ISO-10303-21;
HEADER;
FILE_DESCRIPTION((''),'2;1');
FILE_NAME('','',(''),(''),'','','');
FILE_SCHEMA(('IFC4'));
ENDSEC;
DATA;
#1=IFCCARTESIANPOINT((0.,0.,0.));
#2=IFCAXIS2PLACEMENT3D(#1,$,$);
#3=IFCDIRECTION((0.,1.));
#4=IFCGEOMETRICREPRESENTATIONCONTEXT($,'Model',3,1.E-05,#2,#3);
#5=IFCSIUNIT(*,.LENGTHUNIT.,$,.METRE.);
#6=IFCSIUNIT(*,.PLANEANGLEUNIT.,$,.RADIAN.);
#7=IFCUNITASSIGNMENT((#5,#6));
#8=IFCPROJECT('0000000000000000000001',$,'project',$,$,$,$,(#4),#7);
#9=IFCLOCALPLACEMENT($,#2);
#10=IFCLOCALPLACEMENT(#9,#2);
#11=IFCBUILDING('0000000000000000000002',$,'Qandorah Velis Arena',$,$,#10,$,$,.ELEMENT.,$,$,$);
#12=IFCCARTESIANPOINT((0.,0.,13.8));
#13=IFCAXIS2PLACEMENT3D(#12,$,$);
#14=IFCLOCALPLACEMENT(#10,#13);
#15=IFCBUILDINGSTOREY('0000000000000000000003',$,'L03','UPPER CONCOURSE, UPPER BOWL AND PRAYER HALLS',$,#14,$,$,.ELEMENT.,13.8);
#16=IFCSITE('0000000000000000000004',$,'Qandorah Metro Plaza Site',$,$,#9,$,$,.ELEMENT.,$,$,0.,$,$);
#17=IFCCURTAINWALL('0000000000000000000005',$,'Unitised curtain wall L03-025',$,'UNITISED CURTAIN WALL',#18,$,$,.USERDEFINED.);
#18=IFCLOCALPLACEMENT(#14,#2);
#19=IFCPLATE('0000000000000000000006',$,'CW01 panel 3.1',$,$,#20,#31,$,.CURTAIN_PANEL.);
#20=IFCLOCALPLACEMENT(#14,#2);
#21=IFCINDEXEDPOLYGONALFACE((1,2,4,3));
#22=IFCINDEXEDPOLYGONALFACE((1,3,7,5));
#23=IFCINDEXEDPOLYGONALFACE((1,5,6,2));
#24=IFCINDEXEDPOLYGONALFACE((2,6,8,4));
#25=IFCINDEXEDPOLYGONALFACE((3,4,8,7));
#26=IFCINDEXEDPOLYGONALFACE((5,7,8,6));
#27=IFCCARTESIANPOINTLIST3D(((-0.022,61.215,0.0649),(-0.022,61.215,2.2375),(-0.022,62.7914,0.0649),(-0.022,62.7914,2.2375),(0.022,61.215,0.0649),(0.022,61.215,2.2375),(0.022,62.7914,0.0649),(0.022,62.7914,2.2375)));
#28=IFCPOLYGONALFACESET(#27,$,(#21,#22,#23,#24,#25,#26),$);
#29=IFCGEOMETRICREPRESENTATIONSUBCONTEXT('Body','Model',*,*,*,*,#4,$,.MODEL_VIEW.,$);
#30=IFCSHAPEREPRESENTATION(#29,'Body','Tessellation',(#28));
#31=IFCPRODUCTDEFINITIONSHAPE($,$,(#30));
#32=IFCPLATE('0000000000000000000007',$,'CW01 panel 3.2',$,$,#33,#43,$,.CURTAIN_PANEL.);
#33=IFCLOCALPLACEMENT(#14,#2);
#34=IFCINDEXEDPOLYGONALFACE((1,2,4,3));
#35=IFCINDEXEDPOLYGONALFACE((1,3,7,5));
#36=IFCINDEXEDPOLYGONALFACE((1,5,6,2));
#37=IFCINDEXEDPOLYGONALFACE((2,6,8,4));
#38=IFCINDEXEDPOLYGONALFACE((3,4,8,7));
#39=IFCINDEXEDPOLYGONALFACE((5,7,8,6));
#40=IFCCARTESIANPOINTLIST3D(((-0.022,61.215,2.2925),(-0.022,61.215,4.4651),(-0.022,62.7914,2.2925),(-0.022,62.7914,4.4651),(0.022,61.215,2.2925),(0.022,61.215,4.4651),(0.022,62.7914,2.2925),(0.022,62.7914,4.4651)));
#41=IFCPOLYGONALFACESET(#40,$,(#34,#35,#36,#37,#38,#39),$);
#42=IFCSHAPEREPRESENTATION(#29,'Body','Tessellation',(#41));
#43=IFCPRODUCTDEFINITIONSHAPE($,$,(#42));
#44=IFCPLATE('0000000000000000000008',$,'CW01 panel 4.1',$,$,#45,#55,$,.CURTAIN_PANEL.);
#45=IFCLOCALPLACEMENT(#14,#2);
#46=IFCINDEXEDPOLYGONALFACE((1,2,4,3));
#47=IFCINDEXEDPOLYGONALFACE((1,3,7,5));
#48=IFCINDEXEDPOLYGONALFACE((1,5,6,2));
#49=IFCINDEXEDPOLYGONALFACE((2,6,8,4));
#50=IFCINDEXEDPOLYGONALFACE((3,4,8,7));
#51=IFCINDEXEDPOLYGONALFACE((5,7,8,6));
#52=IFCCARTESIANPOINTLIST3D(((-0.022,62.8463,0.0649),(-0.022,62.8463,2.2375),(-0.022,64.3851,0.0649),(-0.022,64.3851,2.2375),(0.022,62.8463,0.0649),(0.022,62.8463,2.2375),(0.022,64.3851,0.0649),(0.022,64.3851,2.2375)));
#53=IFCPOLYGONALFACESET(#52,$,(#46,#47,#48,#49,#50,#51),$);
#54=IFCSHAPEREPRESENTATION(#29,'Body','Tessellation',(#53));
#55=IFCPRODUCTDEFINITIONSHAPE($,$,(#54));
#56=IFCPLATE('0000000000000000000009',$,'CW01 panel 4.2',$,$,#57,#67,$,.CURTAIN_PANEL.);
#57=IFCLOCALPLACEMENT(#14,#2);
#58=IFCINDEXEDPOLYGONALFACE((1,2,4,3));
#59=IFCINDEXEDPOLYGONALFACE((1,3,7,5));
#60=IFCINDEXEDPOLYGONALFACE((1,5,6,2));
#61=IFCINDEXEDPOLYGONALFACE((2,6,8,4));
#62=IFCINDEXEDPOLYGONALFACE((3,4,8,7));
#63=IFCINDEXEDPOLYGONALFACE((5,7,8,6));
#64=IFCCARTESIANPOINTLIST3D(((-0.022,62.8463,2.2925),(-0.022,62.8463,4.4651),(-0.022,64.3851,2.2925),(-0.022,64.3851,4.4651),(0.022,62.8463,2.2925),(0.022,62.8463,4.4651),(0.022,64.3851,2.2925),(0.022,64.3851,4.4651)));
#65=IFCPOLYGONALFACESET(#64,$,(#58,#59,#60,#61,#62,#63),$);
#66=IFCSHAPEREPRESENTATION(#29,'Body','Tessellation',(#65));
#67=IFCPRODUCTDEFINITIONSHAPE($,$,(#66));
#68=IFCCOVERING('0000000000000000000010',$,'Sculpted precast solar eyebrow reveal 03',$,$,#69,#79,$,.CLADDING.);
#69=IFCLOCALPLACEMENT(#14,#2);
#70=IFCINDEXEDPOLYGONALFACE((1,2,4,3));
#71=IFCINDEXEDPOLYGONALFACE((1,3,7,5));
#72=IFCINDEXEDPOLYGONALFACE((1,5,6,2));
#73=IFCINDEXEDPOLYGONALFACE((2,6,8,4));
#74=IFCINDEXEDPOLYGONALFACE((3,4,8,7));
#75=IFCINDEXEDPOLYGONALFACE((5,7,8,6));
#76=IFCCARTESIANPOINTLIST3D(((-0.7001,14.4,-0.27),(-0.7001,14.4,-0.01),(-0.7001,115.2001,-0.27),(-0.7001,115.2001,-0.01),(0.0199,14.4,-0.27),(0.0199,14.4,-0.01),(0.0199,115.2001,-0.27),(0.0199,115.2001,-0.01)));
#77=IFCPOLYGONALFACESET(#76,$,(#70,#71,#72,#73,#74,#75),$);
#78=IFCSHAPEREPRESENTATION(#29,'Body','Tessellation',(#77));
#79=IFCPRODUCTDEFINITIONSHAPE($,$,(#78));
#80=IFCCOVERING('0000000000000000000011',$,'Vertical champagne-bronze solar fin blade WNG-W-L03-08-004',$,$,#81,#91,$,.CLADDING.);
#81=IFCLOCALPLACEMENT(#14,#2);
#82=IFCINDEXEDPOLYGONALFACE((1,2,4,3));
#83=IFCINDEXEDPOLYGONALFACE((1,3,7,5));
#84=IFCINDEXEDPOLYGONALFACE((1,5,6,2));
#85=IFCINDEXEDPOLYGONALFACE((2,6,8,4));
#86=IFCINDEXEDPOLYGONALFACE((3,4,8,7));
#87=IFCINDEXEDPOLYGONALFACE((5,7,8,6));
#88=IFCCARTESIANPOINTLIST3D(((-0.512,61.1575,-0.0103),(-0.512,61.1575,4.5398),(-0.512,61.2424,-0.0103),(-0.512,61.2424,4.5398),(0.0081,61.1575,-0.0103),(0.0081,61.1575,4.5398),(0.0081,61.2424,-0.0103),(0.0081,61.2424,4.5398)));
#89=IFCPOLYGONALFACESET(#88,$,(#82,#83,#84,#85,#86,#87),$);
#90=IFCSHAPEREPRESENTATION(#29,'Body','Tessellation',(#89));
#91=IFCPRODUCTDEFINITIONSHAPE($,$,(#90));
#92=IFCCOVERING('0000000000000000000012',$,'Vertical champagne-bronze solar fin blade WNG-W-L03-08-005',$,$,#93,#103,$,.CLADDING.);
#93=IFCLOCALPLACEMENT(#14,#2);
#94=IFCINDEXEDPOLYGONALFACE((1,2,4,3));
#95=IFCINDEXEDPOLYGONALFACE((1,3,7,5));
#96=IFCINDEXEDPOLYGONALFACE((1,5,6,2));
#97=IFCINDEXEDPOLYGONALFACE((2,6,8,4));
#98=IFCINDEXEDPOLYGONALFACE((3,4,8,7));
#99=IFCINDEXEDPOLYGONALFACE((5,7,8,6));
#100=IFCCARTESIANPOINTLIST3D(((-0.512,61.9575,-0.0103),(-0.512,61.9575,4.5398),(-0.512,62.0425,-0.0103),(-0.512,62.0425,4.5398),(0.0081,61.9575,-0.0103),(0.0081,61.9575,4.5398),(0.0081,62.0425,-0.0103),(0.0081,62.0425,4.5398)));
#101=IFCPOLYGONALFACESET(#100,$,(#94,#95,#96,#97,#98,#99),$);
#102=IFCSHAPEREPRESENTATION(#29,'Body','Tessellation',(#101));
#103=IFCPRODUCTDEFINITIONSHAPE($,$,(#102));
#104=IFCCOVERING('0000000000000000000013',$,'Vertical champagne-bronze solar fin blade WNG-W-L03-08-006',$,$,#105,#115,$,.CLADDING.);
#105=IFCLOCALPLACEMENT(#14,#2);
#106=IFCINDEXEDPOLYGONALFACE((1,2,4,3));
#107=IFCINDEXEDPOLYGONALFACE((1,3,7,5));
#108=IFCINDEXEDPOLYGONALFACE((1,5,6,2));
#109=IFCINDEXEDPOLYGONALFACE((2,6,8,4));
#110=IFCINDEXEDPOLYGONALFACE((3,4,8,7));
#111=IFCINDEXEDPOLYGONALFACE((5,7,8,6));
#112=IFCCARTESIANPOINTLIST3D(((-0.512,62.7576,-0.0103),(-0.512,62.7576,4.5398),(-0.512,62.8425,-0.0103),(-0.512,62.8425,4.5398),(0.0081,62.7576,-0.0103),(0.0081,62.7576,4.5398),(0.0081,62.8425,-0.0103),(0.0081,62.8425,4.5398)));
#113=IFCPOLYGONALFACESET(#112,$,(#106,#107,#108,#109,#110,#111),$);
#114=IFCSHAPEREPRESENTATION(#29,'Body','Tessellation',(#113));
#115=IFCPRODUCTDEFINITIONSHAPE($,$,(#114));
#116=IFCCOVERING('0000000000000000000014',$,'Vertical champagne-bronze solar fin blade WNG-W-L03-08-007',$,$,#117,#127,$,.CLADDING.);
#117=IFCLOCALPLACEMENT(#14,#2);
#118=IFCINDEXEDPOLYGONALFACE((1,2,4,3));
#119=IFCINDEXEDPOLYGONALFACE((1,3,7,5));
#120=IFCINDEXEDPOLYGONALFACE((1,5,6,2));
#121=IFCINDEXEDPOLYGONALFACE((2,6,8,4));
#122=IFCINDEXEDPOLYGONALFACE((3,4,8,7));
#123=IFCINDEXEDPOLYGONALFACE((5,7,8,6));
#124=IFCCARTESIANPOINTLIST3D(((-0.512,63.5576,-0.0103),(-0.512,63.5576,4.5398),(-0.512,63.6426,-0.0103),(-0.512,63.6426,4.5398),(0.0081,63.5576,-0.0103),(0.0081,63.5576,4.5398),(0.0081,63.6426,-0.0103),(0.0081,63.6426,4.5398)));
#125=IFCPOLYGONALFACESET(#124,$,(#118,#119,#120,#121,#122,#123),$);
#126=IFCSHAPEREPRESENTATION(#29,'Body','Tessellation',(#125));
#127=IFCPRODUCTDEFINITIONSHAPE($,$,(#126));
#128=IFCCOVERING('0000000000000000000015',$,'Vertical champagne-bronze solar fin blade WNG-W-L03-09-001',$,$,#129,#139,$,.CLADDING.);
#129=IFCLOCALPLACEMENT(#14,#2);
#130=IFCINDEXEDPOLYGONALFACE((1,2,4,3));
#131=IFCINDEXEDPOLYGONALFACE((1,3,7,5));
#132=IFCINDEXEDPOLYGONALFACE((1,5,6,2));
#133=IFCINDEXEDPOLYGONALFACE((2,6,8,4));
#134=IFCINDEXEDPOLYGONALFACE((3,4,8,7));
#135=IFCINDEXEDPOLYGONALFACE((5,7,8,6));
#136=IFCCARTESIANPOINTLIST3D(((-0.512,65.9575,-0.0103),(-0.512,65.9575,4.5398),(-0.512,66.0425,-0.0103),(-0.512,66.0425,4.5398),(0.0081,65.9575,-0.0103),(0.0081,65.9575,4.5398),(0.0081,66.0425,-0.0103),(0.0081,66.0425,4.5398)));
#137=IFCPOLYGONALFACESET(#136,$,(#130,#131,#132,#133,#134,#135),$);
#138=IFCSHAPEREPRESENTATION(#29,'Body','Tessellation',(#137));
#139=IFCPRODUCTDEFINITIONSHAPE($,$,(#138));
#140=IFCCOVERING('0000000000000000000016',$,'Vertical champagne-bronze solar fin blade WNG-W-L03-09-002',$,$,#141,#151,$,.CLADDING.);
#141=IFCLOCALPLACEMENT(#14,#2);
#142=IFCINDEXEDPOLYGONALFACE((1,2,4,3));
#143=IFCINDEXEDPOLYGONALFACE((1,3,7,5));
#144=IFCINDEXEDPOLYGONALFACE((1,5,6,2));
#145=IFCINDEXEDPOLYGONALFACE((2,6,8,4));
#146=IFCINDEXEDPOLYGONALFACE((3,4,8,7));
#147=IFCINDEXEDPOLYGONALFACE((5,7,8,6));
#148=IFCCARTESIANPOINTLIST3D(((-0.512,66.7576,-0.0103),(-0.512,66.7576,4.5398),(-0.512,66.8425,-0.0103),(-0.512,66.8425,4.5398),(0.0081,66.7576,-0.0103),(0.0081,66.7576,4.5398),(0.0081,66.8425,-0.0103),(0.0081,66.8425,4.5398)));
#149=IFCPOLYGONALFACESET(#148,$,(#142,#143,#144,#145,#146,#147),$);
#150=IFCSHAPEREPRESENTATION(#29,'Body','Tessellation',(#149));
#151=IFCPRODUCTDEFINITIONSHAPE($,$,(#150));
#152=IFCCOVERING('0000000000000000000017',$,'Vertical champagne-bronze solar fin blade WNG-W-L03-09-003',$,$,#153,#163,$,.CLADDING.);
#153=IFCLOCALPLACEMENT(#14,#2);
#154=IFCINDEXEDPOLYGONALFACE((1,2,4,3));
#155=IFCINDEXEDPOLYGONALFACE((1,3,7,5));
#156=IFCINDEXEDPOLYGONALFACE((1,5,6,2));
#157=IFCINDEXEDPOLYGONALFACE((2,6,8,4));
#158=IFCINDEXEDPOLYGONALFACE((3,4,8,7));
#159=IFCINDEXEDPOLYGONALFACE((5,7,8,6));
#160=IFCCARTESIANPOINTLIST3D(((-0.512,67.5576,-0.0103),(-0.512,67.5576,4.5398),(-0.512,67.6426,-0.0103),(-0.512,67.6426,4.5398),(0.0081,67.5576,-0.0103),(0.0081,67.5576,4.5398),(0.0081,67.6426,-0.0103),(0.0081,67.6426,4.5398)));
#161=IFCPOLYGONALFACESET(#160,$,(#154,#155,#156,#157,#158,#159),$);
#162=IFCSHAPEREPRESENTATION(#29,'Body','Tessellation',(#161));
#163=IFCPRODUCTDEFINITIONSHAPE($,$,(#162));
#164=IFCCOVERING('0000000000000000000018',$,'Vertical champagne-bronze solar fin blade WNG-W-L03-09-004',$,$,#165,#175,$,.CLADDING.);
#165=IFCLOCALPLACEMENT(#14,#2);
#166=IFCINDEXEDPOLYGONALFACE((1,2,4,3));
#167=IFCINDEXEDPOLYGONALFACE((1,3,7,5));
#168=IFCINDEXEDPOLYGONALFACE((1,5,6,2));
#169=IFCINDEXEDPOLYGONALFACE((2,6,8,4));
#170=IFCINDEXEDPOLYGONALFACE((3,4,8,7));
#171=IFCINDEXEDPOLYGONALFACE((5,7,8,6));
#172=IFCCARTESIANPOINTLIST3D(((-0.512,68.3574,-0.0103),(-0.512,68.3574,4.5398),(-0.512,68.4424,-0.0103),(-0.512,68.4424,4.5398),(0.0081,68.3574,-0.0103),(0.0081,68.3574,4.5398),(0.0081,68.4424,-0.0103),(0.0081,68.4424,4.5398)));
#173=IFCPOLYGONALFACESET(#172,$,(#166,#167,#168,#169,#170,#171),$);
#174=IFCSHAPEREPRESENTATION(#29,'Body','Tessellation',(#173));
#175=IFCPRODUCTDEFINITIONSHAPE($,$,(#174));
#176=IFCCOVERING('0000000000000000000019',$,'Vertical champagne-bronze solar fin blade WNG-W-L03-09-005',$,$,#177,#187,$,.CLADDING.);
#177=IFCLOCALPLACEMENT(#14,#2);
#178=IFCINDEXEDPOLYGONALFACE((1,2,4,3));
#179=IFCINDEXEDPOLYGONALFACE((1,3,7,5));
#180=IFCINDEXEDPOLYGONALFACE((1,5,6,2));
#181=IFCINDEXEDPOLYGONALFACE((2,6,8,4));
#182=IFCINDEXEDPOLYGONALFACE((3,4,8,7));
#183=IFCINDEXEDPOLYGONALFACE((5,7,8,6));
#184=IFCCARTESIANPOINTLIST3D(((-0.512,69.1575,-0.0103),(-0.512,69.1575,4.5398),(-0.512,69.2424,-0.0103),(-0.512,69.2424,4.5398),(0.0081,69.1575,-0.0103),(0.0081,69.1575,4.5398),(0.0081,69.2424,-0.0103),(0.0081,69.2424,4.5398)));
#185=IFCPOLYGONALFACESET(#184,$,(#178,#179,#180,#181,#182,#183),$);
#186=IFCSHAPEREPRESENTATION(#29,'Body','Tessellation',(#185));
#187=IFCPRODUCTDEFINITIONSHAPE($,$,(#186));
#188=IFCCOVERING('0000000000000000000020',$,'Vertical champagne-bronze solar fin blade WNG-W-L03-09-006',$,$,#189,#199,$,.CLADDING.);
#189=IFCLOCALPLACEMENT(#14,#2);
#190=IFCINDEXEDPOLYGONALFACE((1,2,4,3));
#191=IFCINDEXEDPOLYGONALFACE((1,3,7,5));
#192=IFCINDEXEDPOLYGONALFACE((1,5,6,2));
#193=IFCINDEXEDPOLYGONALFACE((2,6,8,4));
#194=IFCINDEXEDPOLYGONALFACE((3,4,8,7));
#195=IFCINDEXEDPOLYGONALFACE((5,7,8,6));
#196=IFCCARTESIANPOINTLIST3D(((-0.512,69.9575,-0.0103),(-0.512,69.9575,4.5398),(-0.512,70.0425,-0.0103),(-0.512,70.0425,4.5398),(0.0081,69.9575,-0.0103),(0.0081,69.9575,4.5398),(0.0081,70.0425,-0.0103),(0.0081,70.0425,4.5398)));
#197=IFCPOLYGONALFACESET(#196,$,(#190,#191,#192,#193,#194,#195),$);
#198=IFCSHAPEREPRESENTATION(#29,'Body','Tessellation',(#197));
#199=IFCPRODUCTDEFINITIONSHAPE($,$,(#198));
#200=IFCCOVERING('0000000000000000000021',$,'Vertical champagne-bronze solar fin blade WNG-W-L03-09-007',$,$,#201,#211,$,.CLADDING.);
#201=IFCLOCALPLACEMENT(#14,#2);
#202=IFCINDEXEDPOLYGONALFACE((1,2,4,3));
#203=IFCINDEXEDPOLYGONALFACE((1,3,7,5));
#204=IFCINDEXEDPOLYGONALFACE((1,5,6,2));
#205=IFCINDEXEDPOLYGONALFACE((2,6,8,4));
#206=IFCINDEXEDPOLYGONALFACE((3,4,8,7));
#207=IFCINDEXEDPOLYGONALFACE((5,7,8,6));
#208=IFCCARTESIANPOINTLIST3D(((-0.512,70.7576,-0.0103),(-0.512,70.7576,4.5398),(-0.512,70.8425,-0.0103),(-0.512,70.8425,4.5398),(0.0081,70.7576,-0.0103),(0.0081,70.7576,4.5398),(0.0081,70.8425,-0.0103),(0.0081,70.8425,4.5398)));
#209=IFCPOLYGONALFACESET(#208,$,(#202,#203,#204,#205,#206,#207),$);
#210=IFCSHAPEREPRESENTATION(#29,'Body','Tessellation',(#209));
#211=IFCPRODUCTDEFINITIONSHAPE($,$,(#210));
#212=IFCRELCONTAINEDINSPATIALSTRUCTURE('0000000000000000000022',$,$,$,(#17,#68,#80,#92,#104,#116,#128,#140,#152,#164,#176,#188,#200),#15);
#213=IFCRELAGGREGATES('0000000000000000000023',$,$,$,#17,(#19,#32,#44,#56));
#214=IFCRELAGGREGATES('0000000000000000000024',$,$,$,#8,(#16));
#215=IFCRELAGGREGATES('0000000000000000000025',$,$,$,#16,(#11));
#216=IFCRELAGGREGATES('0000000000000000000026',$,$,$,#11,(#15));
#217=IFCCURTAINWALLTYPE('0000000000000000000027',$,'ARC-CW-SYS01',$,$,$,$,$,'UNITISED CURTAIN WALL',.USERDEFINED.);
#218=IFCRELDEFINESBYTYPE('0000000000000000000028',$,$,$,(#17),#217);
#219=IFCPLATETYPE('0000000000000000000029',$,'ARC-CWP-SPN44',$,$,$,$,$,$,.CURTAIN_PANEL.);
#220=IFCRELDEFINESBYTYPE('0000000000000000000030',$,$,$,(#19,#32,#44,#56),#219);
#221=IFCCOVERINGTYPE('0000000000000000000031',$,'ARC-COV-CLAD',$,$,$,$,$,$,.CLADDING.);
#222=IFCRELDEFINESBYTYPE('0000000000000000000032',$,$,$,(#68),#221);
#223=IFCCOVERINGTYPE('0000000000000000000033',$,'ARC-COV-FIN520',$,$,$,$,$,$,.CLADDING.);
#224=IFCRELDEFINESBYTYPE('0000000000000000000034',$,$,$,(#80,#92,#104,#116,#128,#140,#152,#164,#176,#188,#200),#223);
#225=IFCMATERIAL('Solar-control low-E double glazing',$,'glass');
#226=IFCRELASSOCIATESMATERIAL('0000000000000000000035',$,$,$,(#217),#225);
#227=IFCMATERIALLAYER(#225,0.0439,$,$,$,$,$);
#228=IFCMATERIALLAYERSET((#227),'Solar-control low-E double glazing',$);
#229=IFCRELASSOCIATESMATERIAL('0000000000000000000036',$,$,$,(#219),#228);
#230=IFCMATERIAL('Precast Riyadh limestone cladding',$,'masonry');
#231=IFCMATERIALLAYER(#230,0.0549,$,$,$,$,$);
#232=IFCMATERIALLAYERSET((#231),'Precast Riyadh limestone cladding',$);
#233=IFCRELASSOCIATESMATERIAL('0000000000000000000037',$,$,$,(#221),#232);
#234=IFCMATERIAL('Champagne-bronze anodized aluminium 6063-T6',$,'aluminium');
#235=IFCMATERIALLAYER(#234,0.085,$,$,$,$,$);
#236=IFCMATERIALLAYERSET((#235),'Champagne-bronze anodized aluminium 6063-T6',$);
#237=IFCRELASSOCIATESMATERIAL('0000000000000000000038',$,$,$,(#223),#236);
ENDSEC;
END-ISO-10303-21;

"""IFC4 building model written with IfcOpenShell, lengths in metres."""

from ifc_helpers import new_model, si_unit, direction, frame, origin, origin_2d, place, context, subcontext, project, spatial, rectangle, extrude, material, layer, layer_set, type_object, element, aggregate, save


model = new_model("IFC4")

# Units and contexts
model_context = context("Model", 3, precision=1e-05, world=origin(), true_north=direction((0.0, 1.0)))
body_context = subcontext(model_context, "Body", "Model", "MODEL_VIEW")
ifc_project = project(units=[si_unit("LENGTHUNIT", "METRE"), si_unit("PLANEANGLEUNIT", "RADIAN")], contexts=[model_context])

# Site, building, storey
site_placement = place(None, origin())
site = spatial("IfcSite", under=ifc_project, at=site_placement, Name="Qandorah Metro Plaza Site", CompositionType="ELEMENT", RefElevation=0.0)
building_placement = place(site_placement, origin())
building = spatial("IfcBuilding", under=site, at=building_placement, Name="Qandorah Velis Arena", CompositionType="ELEMENT")
storey_placement = place(building_placement, frame((0.0, 0.0, 13.8)))
storey = spatial("IfcBuildingStorey", under=building, at=storey_placement, Name="L03", Description="UPPER CONCOURSE, UPPER BOWL AND PRAYER HALLS", CompositionType="ELEMENT", Elevation=13.8)

# Curtain wall
ifc_material_1 = material(Name="Solar-control low-E double glazing", Category="glass")
ifc_material_2 = material(Name="Champagne-bronze anodized aluminium 6063-T6", Category="aluminium")
curtain_wall_type_1 = type_object("IfcCurtainWallType", Name="ARC-CW-SYS01", ElementType="UNITISED CURTAIN WALL", PredefinedType="USERDEFINED", material=ifc_material_1)
curtain_wall_1_placement = place(storey_placement, origin())
curtain_wall_1 = element("IfcCurtainWall", 1, at=curtain_wall_1_placement, inside=storey, type_object=curtain_wall_type_1, Name="Unitised curtain wall L03-025", ObjectType="UNITISED CURTAIN WALL", PredefinedType="USERDEFINED")

# Plates
ifc_layer_1 = layer(ifc_material_1, 0.0439)
ifc_layer_set_1 = layer_set([ifc_layer_1], Name="Solar-control low-E double glazing")
plate_type_1 = type_object("IfcPlateType", Name="ARC-CWP-SPN44", PredefinedType="CURTAIN_PANEL", material=ifc_layer_set_1)
plate_1_placement = place(storey_placement, frame((0.0, 62.0032, 0.0649), z_axis=(0.0, 0.0, 1.0), x_axis=(0.0, 1.0, 0.0)))
plate_1 = element("IfcPlate", 2, at=plate_1_placement, type_object=plate_type_1, Name="CW01 panel 3.1", PredefinedType="CURTAIN_PANEL", context=body_context, shape_type="SweptSolid", body=[
    extrude(rectangle(XDim=1.5764, YDim=0.0439, at=origin_2d()), origin(), (0.0, 0.0, 1.0), 2.1726),
])
plate_2_placement = place(storey_placement, frame((0.0, 62.0032, 2.2925), z_axis=(0.0, 0.0, 1.0), x_axis=(0.0, 1.0, 0.0)))
plate_2 = element("IfcPlate", 3, at=plate_2_placement, type_object=plate_type_1, Name="CW01 panel 3.2", PredefinedType="CURTAIN_PANEL", context=body_context, shape_type="SweptSolid", body=[
    extrude(rectangle(XDim=1.5764, YDim=0.0439, at=origin_2d()), origin(), (0.0, 0.0, 1.0), 2.1726),
])
plate_3_placement = place(storey_placement, frame((0.0, 63.6157, 0.0649), z_axis=(0.0, 0.0, 1.0), x_axis=(0.0, 1.0, 0.0)))
plate_3 = element("IfcPlate", 4, at=plate_3_placement, type_object=plate_type_1, Name="CW01 panel 4.1", PredefinedType="CURTAIN_PANEL", context=body_context, shape_type="SweptSolid", body=[
    extrude(rectangle(XDim=1.5388, YDim=0.0439, at=origin_2d()), origin(), (0.0, 0.0, 1.0), 2.1726),
])
plate_4_placement = place(storey_placement, frame((0.0, 63.6157, 2.2925), z_axis=(0.0, 0.0, 1.0), x_axis=(0.0, 1.0, 0.0)))
plate_4 = element("IfcPlate", 5, at=plate_4_placement, type_object=plate_type_1, Name="CW01 panel 4.2", PredefinedType="CURTAIN_PANEL", context=body_context, shape_type="SweptSolid", body=[
    extrude(rectangle(XDim=1.5388, YDim=0.0439, at=origin_2d()), origin(), (0.0, 0.0, 1.0), 2.1726),
])
aggregate(curtain_wall_1, [plate_1, plate_2, plate_3, plate_4])

# Coverings
ifc_material_3 = material(Name="Precast Riyadh limestone cladding", Category="masonry")
ifc_layer_2 = layer(ifc_material_3, 0.0549)
ifc_layer_set_2 = layer_set([ifc_layer_2], Name="Precast Riyadh limestone cladding")
covering_type_1 = type_object("IfcCoveringType", Name="ARC-COV-CLAD", PredefinedType="CLADDING", material=ifc_layer_set_2)
covering_placement = place(storey_placement, frame((-0.3401, 64.8, -0.27), z_axis=(0.0, 0.0, 1.0), x_axis=(1.0, 0.0, 0.0)))
element("IfcCovering", 6, at=covering_placement, inside=storey, type_object=covering_type_1, Name="Sculpted precast solar eyebrow reveal 03", PredefinedType="CLADDING", context=body_context, shape_type="SweptSolid", body=[
    extrude(rectangle(XDim=0.72, YDim=100.8, at=origin_2d()), origin(), (0.0, 0.0, 1.0), 0.26),
])
ifc_layer_3 = layer(ifc_material_2, 0.085)
ifc_layer_set_3 = layer_set([ifc_layer_3], Name="Champagne-bronze anodized aluminium 6063-T6")
covering_type_2 = type_object("IfcCoveringType", Name="ARC-COV-FIN520", PredefinedType="CLADDING", material=ifc_layer_set_3)
for number, where, z_axis, x_axis, name in (
    (7, (-0.252, 61.2, -0.0103), (0.0, 0.0, 1.0), (1.0, 0.0, 0.0), "Vertical champagne-bronze solar fin blade WNG-W-L03-08-004"),
    (8, (-0.252, 62.0, -0.0103), (0.0, 0.0, 1.0), (1.0, 0.0, 0.0), "Vertical champagne-bronze solar fin blade WNG-W-L03-08-005"),
    (9, (-0.252, 62.8, -0.0103), (0.0, 0.0, 1.0), (1.0, 0.0, 0.0), "Vertical champagne-bronze solar fin blade WNG-W-L03-08-006"),
    (10, (-0.252, 63.6001, -0.0103), (0.0, 0.0, 1.0), (1.0, 0.0, 0.0), "Vertical champagne-bronze solar fin blade WNG-W-L03-08-007"),
    (11, (-0.252, 66.0, -0.0103), (0.0, 0.0, 1.0), (1.0, 0.0, 0.0), "Vertical champagne-bronze solar fin blade WNG-W-L03-09-001"),
    (12, (-0.252, 66.8, -0.0103), (0.0, 0.0, 1.0), (1.0, 0.0, 0.0), "Vertical champagne-bronze solar fin blade WNG-W-L03-09-002"),
    (13, (-0.252, 67.6001, -0.0103), (0.0, 0.0, 1.0), (1.0, 0.0, 0.0), "Vertical champagne-bronze solar fin blade WNG-W-L03-09-003"),
    (14, (-0.252, 68.3999, -0.0103), (0.0, 0.0, 1.0), (1.0, 0.0, 0.0), "Vertical champagne-bronze solar fin blade WNG-W-L03-09-004"),
    (15, (-0.252, 69.2, -0.0103), (0.0, 0.0, 1.0), (1.0, 0.0, 0.0), "Vertical champagne-bronze solar fin blade WNG-W-L03-09-005"),
    (16, (-0.252, 70.0, -0.0103), (0.0, 0.0, 1.0), (1.0, 0.0, 0.0), "Vertical champagne-bronze solar fin blade WNG-W-L03-09-006"),
    (17, (-0.252, 70.8, -0.0103), (0.0, 0.0, 1.0), (1.0, 0.0, 0.0), "Vertical champagne-bronze solar fin blade WNG-W-L03-09-007"),
):
    element("IfcCovering", number, at=place(storey_placement, frame(where, z_axis=z_axis, x_axis=x_axis)), inside=storey, type_object=covering_type_2, Name=name, PredefinedType="CLADDING", context=body_context, shape_type="SweptSolid", body=[
        extrude(rectangle(XDim=0.52, YDim=0.085, at=origin_2d()), origin(), (0.0, 0.0, 1.0), 4.55),
    ])

save(model, "model.ifc")
